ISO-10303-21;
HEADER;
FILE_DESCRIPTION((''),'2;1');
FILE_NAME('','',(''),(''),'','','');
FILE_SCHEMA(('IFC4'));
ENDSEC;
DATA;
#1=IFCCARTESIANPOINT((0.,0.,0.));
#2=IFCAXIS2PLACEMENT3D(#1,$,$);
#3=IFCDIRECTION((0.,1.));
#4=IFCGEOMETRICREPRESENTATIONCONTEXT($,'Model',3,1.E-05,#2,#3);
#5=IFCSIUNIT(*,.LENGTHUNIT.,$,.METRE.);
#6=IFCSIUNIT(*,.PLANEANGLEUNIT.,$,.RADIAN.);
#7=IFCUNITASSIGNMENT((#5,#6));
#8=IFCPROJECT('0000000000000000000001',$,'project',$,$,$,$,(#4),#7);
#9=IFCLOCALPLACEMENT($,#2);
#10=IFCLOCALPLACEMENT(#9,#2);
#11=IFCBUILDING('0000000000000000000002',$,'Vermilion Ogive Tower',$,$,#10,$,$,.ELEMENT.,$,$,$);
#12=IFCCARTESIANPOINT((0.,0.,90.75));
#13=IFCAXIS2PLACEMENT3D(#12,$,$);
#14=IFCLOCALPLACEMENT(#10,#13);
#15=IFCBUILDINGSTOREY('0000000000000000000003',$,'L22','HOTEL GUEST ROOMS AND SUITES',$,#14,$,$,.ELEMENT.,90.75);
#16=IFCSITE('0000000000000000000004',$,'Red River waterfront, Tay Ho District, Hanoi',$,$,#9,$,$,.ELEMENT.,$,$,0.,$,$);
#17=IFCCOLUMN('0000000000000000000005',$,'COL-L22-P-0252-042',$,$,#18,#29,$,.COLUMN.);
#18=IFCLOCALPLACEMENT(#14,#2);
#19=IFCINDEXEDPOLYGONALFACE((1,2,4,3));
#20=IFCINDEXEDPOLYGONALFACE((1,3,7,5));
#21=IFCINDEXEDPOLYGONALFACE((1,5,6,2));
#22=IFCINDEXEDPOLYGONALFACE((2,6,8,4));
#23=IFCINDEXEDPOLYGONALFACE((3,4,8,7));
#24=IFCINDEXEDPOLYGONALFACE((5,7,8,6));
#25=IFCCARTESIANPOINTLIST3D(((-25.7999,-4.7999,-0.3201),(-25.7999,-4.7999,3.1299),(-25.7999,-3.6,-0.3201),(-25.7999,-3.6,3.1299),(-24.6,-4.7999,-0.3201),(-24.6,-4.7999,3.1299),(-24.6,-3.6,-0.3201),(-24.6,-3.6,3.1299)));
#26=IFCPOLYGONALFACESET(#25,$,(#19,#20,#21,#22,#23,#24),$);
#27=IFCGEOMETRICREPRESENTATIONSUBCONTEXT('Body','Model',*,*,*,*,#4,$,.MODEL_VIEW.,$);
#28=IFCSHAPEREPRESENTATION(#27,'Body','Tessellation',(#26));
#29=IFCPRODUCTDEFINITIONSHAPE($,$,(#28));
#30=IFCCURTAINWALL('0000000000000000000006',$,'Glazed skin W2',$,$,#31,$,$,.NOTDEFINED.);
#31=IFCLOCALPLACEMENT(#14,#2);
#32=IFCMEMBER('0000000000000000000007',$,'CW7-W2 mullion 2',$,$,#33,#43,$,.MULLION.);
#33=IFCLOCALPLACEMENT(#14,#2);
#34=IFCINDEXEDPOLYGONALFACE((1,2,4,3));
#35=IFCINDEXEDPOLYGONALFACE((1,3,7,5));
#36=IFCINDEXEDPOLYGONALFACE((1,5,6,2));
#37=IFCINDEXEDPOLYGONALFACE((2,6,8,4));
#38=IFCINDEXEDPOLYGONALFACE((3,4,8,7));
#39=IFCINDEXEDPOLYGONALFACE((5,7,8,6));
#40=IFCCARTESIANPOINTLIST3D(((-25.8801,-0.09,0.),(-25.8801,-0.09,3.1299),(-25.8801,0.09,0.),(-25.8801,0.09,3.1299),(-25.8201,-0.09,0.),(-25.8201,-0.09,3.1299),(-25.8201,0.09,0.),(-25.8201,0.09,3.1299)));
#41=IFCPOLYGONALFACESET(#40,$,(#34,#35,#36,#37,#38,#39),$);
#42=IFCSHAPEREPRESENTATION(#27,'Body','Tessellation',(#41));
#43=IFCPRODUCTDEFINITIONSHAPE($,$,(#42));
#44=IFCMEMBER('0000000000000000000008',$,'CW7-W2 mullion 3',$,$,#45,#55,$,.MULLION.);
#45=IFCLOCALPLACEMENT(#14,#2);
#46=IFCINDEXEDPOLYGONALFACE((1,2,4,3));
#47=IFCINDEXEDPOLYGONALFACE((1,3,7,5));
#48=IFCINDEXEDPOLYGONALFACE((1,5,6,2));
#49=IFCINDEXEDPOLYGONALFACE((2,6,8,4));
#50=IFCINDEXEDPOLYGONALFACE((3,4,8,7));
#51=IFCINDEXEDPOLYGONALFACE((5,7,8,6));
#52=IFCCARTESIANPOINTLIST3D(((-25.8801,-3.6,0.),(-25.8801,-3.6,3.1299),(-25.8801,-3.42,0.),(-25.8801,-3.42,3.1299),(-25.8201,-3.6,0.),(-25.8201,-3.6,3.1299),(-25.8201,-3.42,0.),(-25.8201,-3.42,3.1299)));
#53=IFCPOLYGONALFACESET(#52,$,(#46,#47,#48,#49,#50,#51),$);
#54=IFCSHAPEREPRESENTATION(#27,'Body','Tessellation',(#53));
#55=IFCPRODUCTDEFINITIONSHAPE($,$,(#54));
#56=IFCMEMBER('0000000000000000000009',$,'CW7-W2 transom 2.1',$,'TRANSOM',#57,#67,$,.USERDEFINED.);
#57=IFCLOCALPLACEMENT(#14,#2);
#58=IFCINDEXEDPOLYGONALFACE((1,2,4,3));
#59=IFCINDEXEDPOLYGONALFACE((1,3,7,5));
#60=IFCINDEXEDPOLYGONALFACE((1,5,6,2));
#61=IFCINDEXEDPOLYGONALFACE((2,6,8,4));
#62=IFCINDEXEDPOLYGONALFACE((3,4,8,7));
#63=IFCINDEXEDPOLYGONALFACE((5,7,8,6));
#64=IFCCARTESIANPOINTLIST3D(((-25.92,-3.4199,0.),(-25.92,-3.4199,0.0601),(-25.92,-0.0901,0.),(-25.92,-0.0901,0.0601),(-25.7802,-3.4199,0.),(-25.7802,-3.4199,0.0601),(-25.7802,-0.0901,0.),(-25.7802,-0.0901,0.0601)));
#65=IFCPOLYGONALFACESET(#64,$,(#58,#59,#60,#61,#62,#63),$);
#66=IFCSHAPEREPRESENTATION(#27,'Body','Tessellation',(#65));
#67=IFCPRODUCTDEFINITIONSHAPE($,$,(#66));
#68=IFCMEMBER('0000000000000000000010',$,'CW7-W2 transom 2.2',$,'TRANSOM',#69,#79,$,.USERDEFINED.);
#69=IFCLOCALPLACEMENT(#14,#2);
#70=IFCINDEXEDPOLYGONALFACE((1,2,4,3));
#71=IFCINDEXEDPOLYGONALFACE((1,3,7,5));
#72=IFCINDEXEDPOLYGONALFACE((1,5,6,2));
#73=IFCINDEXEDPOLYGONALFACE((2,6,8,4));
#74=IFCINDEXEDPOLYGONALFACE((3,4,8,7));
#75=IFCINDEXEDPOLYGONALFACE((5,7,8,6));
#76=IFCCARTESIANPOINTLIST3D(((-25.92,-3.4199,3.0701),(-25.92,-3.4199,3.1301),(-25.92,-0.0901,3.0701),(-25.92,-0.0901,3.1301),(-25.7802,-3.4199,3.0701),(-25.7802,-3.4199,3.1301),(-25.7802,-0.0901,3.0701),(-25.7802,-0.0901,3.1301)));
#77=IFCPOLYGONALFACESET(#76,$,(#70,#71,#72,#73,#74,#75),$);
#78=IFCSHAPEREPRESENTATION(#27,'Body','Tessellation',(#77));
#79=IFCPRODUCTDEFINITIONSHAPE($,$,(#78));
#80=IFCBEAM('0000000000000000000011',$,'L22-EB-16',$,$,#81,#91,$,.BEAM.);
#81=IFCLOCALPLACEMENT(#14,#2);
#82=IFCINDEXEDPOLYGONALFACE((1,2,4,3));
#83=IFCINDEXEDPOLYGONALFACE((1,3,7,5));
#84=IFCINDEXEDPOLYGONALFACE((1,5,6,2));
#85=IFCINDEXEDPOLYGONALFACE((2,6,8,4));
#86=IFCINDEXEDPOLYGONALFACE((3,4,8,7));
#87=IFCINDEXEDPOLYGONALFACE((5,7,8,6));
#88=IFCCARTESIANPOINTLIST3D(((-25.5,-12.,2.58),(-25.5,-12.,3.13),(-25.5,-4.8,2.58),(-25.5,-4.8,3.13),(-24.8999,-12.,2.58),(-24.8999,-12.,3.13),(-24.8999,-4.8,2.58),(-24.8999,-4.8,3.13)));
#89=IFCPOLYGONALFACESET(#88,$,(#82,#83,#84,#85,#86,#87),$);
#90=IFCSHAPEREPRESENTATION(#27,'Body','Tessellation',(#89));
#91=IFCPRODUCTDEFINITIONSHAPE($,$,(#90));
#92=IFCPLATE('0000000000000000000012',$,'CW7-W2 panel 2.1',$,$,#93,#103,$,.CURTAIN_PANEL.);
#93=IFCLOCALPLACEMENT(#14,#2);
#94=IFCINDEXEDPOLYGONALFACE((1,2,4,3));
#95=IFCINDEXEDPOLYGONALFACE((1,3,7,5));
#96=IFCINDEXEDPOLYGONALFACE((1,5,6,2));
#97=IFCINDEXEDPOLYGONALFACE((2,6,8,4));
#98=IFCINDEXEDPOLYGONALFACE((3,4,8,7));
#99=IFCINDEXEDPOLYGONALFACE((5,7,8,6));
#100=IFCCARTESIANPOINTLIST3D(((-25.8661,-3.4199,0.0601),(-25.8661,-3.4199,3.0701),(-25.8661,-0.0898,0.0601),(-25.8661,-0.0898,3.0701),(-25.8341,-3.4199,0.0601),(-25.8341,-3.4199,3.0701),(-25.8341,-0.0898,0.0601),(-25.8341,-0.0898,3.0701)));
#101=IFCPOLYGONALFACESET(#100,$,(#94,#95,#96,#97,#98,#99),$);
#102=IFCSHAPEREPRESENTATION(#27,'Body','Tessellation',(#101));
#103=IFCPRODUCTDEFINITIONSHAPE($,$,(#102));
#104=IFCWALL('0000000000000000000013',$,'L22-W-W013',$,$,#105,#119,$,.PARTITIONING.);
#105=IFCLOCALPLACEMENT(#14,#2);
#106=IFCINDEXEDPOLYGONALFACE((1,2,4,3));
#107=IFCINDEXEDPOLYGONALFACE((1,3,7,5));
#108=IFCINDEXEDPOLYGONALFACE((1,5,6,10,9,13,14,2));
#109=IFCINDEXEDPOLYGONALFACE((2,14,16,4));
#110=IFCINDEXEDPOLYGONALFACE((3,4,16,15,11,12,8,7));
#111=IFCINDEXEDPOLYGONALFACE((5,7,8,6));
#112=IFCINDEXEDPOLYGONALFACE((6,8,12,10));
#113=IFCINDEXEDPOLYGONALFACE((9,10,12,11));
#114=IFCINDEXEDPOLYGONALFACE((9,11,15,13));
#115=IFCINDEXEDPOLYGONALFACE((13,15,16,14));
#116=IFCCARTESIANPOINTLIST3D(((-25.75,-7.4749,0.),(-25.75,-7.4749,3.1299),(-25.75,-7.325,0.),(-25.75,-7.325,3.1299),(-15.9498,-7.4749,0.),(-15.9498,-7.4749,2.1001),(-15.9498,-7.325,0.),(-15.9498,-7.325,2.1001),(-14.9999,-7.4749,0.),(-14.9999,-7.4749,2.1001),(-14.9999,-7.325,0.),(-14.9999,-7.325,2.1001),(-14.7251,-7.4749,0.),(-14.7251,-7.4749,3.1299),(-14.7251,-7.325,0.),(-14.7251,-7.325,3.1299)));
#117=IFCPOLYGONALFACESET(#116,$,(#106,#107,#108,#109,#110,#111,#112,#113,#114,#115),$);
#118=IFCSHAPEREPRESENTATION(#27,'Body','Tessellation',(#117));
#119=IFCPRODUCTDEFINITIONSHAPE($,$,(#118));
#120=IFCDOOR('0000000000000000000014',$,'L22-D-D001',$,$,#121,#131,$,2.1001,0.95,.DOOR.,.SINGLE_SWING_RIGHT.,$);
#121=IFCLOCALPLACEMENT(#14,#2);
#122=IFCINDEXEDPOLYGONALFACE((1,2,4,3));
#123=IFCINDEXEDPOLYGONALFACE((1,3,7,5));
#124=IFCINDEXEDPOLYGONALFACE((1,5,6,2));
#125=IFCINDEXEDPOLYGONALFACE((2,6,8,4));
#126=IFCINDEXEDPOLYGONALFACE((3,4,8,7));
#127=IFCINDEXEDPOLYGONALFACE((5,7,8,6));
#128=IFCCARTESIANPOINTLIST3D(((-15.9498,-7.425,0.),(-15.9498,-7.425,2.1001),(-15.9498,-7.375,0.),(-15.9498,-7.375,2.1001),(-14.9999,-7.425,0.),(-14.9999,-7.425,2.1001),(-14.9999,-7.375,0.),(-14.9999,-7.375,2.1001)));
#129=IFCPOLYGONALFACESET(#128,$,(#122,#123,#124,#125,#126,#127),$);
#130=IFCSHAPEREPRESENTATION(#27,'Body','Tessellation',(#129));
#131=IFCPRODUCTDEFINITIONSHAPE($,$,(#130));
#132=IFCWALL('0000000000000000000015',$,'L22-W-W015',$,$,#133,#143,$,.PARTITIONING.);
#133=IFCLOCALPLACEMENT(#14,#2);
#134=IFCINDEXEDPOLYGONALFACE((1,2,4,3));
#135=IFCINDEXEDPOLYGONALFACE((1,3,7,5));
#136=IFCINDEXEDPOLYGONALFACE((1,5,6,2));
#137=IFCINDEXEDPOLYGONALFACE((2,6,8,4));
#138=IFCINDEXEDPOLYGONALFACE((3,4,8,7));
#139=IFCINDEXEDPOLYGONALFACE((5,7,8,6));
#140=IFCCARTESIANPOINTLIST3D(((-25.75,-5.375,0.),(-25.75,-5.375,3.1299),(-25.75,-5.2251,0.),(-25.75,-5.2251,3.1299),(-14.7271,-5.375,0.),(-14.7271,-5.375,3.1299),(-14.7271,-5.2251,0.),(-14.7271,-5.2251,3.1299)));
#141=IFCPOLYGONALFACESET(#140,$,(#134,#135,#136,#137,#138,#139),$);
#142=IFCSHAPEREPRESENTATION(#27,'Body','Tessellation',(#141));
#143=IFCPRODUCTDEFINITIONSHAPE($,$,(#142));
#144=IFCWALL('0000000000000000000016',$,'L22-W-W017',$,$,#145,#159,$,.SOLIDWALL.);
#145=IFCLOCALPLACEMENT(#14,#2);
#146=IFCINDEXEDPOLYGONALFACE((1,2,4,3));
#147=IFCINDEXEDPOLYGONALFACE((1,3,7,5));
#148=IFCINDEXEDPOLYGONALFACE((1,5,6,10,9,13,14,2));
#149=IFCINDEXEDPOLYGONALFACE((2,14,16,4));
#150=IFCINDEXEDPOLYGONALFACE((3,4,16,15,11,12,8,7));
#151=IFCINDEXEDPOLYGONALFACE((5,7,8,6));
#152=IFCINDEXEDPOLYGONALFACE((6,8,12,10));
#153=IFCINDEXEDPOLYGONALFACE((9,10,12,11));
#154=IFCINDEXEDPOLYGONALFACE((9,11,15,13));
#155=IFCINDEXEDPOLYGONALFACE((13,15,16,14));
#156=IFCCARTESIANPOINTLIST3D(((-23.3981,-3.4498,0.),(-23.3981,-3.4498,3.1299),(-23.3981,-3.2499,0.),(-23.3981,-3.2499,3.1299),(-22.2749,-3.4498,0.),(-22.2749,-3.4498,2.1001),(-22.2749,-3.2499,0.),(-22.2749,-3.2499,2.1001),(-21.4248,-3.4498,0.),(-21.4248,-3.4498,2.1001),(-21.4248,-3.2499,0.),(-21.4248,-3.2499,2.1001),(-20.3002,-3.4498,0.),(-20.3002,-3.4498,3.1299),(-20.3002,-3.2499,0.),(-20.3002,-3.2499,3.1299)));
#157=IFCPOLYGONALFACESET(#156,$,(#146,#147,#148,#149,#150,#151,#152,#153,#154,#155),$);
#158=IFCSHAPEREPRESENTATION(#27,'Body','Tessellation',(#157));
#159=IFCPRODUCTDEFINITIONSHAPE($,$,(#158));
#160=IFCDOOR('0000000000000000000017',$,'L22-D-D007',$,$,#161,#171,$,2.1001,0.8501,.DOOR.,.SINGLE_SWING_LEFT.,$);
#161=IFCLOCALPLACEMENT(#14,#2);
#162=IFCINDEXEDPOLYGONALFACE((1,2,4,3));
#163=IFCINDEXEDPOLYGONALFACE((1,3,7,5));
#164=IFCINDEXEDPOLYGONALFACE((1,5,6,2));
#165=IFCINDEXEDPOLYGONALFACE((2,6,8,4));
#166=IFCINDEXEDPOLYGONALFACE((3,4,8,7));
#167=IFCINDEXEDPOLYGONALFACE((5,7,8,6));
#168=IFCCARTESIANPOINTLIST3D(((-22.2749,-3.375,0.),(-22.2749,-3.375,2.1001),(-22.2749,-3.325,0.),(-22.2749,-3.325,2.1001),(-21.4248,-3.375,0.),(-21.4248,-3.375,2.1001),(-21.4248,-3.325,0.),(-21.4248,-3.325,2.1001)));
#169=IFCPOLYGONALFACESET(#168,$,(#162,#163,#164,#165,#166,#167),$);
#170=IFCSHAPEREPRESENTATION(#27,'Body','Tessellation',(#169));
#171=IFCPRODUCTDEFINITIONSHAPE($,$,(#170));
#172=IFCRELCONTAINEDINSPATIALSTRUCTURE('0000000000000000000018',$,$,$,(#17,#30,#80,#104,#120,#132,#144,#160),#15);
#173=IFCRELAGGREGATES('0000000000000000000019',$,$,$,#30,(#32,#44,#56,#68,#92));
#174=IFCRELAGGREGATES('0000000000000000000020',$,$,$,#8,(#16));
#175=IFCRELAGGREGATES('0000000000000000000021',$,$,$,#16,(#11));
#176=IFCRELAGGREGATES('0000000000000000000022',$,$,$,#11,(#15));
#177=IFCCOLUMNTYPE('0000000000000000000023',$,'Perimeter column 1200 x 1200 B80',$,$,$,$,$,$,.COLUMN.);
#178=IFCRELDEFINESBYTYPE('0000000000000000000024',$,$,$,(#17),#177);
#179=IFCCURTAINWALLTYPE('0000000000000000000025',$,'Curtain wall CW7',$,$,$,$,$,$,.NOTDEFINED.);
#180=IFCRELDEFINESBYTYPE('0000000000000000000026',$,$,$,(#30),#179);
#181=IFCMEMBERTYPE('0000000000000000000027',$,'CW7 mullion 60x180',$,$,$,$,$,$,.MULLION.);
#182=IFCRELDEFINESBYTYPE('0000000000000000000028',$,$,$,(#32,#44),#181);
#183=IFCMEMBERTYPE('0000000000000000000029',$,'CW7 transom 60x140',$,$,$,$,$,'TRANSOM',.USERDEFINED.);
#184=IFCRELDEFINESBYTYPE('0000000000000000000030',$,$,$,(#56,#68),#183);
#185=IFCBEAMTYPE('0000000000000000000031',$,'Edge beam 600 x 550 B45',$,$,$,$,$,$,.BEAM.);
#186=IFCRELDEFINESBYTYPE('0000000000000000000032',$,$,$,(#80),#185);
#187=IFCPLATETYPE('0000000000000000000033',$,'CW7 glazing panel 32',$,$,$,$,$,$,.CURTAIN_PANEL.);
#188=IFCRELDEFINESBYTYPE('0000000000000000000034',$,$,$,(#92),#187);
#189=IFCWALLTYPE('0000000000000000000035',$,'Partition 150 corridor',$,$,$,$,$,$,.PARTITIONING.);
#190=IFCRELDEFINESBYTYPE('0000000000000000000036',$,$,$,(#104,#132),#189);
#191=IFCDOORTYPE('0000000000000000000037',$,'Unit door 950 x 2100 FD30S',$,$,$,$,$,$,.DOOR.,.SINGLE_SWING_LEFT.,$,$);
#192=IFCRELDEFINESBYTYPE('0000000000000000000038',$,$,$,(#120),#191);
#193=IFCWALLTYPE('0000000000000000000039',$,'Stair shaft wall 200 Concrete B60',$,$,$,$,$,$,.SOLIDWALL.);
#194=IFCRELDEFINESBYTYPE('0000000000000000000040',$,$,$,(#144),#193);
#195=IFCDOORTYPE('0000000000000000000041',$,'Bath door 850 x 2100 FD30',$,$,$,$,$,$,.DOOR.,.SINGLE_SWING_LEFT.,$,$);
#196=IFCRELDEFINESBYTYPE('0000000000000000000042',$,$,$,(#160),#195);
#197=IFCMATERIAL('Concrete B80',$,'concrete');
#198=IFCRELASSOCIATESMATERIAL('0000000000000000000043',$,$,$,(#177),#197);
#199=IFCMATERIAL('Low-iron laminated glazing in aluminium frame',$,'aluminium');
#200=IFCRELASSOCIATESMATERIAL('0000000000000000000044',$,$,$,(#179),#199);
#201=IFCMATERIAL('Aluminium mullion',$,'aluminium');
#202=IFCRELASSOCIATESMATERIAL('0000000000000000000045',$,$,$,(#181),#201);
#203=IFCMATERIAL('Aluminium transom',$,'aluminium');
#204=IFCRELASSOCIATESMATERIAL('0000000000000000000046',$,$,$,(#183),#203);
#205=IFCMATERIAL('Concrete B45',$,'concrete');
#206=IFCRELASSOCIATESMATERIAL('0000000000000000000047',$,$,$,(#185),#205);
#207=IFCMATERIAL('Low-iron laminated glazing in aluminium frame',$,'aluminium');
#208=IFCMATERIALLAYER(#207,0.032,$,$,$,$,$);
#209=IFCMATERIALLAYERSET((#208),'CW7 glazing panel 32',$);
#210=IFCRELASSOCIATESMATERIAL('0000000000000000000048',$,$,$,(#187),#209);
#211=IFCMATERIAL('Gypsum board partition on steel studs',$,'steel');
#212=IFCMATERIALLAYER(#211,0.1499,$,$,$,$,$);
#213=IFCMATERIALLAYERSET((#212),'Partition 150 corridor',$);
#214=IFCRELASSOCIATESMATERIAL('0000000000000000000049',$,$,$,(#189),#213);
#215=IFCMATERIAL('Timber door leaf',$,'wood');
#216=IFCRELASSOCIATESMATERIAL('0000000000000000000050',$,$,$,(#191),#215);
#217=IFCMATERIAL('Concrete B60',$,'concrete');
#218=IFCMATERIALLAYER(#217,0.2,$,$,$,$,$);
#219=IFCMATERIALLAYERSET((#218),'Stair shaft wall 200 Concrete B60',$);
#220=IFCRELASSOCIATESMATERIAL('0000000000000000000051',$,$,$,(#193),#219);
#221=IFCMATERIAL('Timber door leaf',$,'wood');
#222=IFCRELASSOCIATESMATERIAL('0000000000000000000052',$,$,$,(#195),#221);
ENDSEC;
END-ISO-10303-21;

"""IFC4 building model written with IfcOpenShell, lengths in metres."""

from ifc_helpers import new_model, si_unit, direction, frame, frame_2d, origin, origin_2d, place, context, subcontext, project, spatial, rectangle, extrude, material, layer, layer_set, material_profile, profile_set, type_object, element, fill, aggregate, save


model = new_model("IFC4")

# Units and contexts
model_context = context("Model", 3, precision=1e-05, world=origin(), true_north=direction((0.0, 1.0)))
body_context = subcontext(model_context, "Body", "Model", "MODEL_VIEW")
ifc_project = project(units=[si_unit("LENGTHUNIT", "METRE"), si_unit("PLANEANGLEUNIT", "RADIAN")], contexts=[model_context])

# Site, building, storey
site_placement = place(None, origin())
site = spatial("IfcSite", under=ifc_project, at=site_placement, Name="Red River waterfront, Tay Ho District, Hanoi", CompositionType="ELEMENT", RefElevation=0.0)
building_placement = place(site_placement, origin())
building = spatial("IfcBuilding", under=site, at=building_placement, Name="Vermilion Ogive Tower", CompositionType="ELEMENT")
storey_placement = place(building_placement, frame((0.0, 0.0, 90.75)))
storey = spatial("IfcBuildingStorey", under=building, at=storey_placement, Name="L22", Description="HOTEL GUEST ROOMS AND SUITES", CompositionType="ELEMENT", Elevation=90.75)

# Column
ifc_material_1 = material(Name="Concrete B80", Category="concrete")
ifc_material_profile_1 = material_profile(ifc_material_1, rectangle(XDim=1.2, YDim=1.2, at=origin_2d()), Name="1200 x 1200")
ifc_profile_set_1 = profile_set([ifc_material_profile_1], Name="Concrete B80")
column_type = type_object("IfcColumnType", Name="Perimeter column 1200 x 1200 B80", PredefinedType="COLUMN", material=ifc_profile_set_1)
column_placement = place(storey_placement, frame((-25.2, -4.2, -0.3201), z_axis=(0.0, 0.0, 1.0), x_axis=(1.0, 0.0, 0.0)))
element("IfcColumn", 1, at=column_placement, inside=storey, type_object=column_type, Name="COL-L22-P-0252-042", PredefinedType="COLUMN", context=body_context, shape_type="SweptSolid", body=[
    extrude(rectangle(XDim=1.2, YDim=1.2, at=origin_2d()), origin(), (0.0, 0.0, 1.0), 3.45),
])

# Curtain wall, members
ifc_material_2 = material(Name="Low-iron laminated glazing in aluminium frame", Category="aluminium")
curtain_wall_type = type_object("IfcCurtainWallType", Name="Curtain wall CW7", PredefinedType="NOTDEFINED", material=ifc_material_2)
curtain_wall_placement = place(storey_placement, origin())
curtain_wall = element("IfcCurtainWall", 2, at=curtain_wall_placement, inside=storey, type_object=curtain_wall_type, Name="Glazed skin W2", PredefinedType="NOTDEFINED")
ifc_material_3 = material(Name="Aluminium mullion", Category="aluminium")
ifc_material_profile_2 = material_profile(ifc_material_3, rectangle(XDim=0.0601, YDim=0.1799, at=origin_2d()), Name="AL 60x180")
ifc_profile_set_2 = profile_set([ifc_material_profile_2], Name="Aluminium mullion")
member_type_1 = type_object("IfcMemberType", Name="CW7 mullion 60x180", PredefinedType="MULLION", material=ifc_profile_set_2)
member_1_placement = place(storey_placement, frame((-25.8501, 0.0, 0.0), z_axis=(0.0, 0.0, 1.0), x_axis=(1.0, 0.0, 0.0)))
member_1 = element("IfcMember", 3, at=member_1_placement, type_object=member_type_1, Name="CW7-W2 mullion 2", PredefinedType="MULLION", context=body_context, shape_type="SweptSolid", body=[
    extrude(rectangle(XDim=0.0601, YDim=0.1799, at=origin_2d()), origin(), (0.0, 0.0, 1.0), 3.1299),
])
member_2_placement = place(storey_placement, frame((-25.8501, -3.51, 0.0), z_axis=(0.0, 0.0, 1.0), x_axis=(1.0, 0.0, 0.0)))
member_2 = element("IfcMember", 4, at=member_2_placement, type_object=member_type_1, Name="CW7-W2 mullion 3", PredefinedType="MULLION", context=body_context, shape_type="SweptSolid", body=[
    extrude(rectangle(XDim=0.0601, YDim=0.1799, at=origin_2d()), origin(), (0.0, 0.0, 1.0), 3.1299),
])
ifc_material_4 = material(Name="Aluminium transom", Category="aluminium")
ifc_material_profile_3 = material_profile(ifc_material_4, rectangle(XDim=0.1399, YDim=0.0601, at=origin_2d()), Name="AL 60x140")
ifc_profile_set_3 = profile_set([ifc_material_profile_3], Name="Aluminium transom")
member_type_2 = type_object("IfcMemberType", Name="CW7 transom 60x140", ElementType="TRANSOM", PredefinedType="USERDEFINED", material=ifc_profile_set_3)
member_3_placement = place(storey_placement, frame((-25.8501, -0.0901, 0.03), z_axis=(0.0, -1.0, 0.0), x_axis=(1.0, 0.0, 0.0)))
member_3 = element("IfcMember", 5, at=member_3_placement, type_object=member_type_2, Name="CW7-W2 transom 2.1", ObjectType="TRANSOM", PredefinedType="USERDEFINED", context=body_context, shape_type="SweptSolid", body=[
    extrude(rectangle(XDim=0.1399, YDim=0.0601, at=origin_2d()), origin(), (0.0, 0.0, 1.0), 3.3298),
])
member_4_placement = place(storey_placement, frame((-25.8501, -0.0901, 3.1001), z_axis=(0.0, -1.0, 0.0), x_axis=(1.0, 0.0, 0.0)))
member_4 = element("IfcMember", 6, at=member_4_placement, type_object=member_type_2, Name="CW7-W2 transom 2.2", ObjectType="TRANSOM", PredefinedType="USERDEFINED", context=body_context, shape_type="SweptSolid", body=[
    extrude(rectangle(XDim=0.1399, YDim=0.0601, at=origin_2d()), origin(), (0.0, 0.0, 1.0), 3.3298),
])

# Beam
ifc_material_5 = material(Name="Concrete B45", Category="concrete")
ifc_material_profile_4 = material_profile(ifc_material_5, rectangle(XDim=0.6001, YDim=0.55, at=origin_2d()), Name="600 x 550")
ifc_profile_set_4 = profile_set([ifc_material_profile_4], Name="Concrete B45")
beam_type = type_object("IfcBeamType", Name="Edge beam 600 x 550 B45", PredefinedType="BEAM", material=ifc_profile_set_4)
beam_placement = place(storey_placement, frame((-25.2, -4.8, 2.855), z_axis=(0.0, -1.0, 0.0), x_axis=(1.0, 0.0, 0.0)))
element("IfcBeam", 7, at=beam_placement, inside=storey, type_object=beam_type, Name="L22-EB-16", PredefinedType="BEAM", context=body_context, shape_type="SweptSolid", body=[
    extrude(rectangle(XDim=0.6001, YDim=0.55, at=origin_2d()), origin(), (0.0, 0.0, 1.0), 7.2),
])

# Plate
ifc_material_6 = material(Name="Low-iron laminated glazing in aluminium frame", Category="aluminium")
ifc_layer_1 = layer(ifc_material_6, 0.032)
ifc_layer_set_1 = layer_set([ifc_layer_1], Name="CW7 glazing panel 32")
plate_type = type_object("IfcPlateType", Name="CW7 glazing panel 32", PredefinedType="CURTAIN_PANEL", material=ifc_layer_set_1)
plate_placement = place(storey_placement, frame((-25.8501, -1.7549, 0.0601), z_axis=(0.0, 0.0, 1.0), x_axis=(0.0, -1.0, 0.0)))
plate = element("IfcPlate", 8, at=plate_placement, type_object=plate_type, Name="CW7-W2 panel 2.1", PredefinedType="CURTAIN_PANEL", context=body_context, shape_type="SweptSolid", body=[
    extrude(rectangle(XDim=3.3301, YDim=0.032, at=origin_2d()), origin(), (0.0, 0.0, 1.0), 3.01),
])
aggregate(curtain_wall, [member_1, member_2, member_3, member_4, plate])

# Wall, opening, door
ifc_material_7 = material(Name="Gypsum board partition on steel studs", Category="steel")
ifc_layer_2 = layer(ifc_material_7, 0.1499)
ifc_layer_set_2 = layer_set([ifc_layer_2], Name="Partition 150 corridor")
wall_type_1 = type_object("IfcWallType", Name="Partition 150 corridor", PredefinedType="PARTITIONING", material=ifc_layer_set_2)
wall_1_placement = place(storey_placement, frame((-25.75, -7.3999, 0.0), z_axis=(0.0, 0.0, 1.0), x_axis=(1.0, 0.0, 0.0)))
wall_1 = element("IfcWall", 9, at=wall_1_placement, inside=storey, type_object=wall_type_1, Name="L22-W-W013", PredefinedType="PARTITIONING", context=body_context, shape_type="SweptSolid", body=[
    extrude(rectangle(XDim=11.0249, YDim=0.1499, at=frame_2d((5.5125, 0.0))), origin(), (0.0, 0.0, 1.0), 3.1299),
])
opening_1_placement = place(wall_1_placement, frame((9.8, 0.0, 0.0)))
opening_1 = element("IfcOpeningElement", 10, at=opening_1_placement, cuts=wall_1, PredefinedType="OPENING", context=body_context, shape_type="SweptSolid", body=[
    extrude(rectangle(XDim=0.95, YDim=2.1001, at=frame_2d((0.4751, 1.05))), frame((0.0, 0.085, 0.0), z_axis=(0.0, -1.0, 0.0), x_axis=(1.0, 0.0, 0.0)), (0.0, 0.0, 1.0), 0.1699),
])
ifc_material_8 = material(Name="Timber door leaf", Category="wood")
door_type_1 = type_object("IfcDoorType", Name="Unit door 950 x 2100 FD30S", OperationType="SINGLE_SWING_LEFT", PredefinedType="DOOR", material=ifc_material_8)
door_1_placement = place(opening_1_placement, origin())
door_1 = element("IfcDoor", 11, at=door_1_placement, inside=storey, type_object=door_type_1, Name="L22-D-D001", OperationType="SINGLE_SWING_RIGHT", OverallHeight=2.1001, OverallWidth=0.95, PredefinedType="DOOR", context=body_context, shape_type="SweptSolid", body=[
    extrude(rectangle(XDim=0.95, YDim=2.1001, at=frame_2d((0.4751, 1.05))), frame((0.0, 0.0249, 0.0), z_axis=(0.0, -1.0, 0.0), x_axis=(1.0, 0.0, 0.0)), (0.0, 0.0, 1.0), 0.05),
])
fill(opening_1, door_1)

# Wall
wall_2_placement = place(storey_placement, frame((-25.75, -5.3, 0.0), z_axis=(0.0, 0.0, 1.0), x_axis=(1.0, 0.0, 0.0)))
element("IfcWall", 12, at=wall_2_placement, inside=storey, type_object=wall_type_1, Name="L22-W-W015", PredefinedType="PARTITIONING", context=body_context, shape_type="SweptSolid", body=[
    extrude(rectangle(XDim=11.0229, YDim=0.1499, at=frame_2d((5.5115, 0.0))), origin(), (0.0, 0.0, 1.0), 3.1299),
])

# Wall, opening, door
ifc_material_9 = material(Name="Concrete B60", Category="concrete")
ifc_layer_3 = layer(ifc_material_9, 0.2)
ifc_layer_set_3 = layer_set([ifc_layer_3], Name="Stair shaft wall 200 Concrete B60")
wall_type_2 = type_object("IfcWallType", Name="Stair shaft wall 200 Concrete B60", PredefinedType="SOLIDWALL", material=ifc_layer_set_3)
wall_3_placement = place(storey_placement, frame((-23.3979, -3.3499, 0.0), z_axis=(0.0, 0.0, 1.0), x_axis=(1.0, 0.0, 0.0)))
wall_3 = element("IfcWall", 13, at=wall_3_placement, inside=storey, type_object=wall_type_2, Name="L22-W-W017", PredefinedType="SOLIDWALL", context=body_context, shape_type="SweptSolid", body=[
    extrude(rectangle(XDim=3.0979, YDim=0.2, at=frame_2d((1.5488, 0.0))), origin(), (0.0, 0.0, 1.0), 3.1299),
])
opening_2_placement = place(wall_3_placement, frame((1.123, 0.0, 0.0)))
opening_2 = element("IfcOpeningElement", 14, at=opening_2_placement, cuts=wall_3, PredefinedType="OPENING", context=body_context, shape_type="SweptSolid", body=[
    extrude(rectangle(XDim=0.8501, YDim=2.1001, at=frame_2d((0.425, 1.05))), frame((0.0, 0.1099, 0.0), z_axis=(0.0, -1.0, 0.0), x_axis=(1.0, 0.0, 0.0)), (0.0, 0.0, 1.0), 0.22),
])
ifc_material_10 = material(Name="Timber door leaf", Category="wood")
door_type_2 = type_object("IfcDoorType", Name="Bath door 850 x 2100 FD30", OperationType="SINGLE_SWING_LEFT", PredefinedType="DOOR", material=ifc_material_10)
door_2_placement = place(opening_2_placement, origin())
door_2 = element("IfcDoor", 15, at=door_2_placement, inside=storey, type_object=door_type_2, Name="L22-D-D007", OperationType="SINGLE_SWING_LEFT", OverallHeight=2.1001, OverallWidth=0.8501, PredefinedType="DOOR", context=body_context, shape_type="SweptSolid", body=[
    extrude(rectangle(XDim=0.8501, YDim=2.1001, at=frame_2d((0.425, 1.05))), frame((0.0, 0.0249, 0.0), z_axis=(0.0, -1.0, 0.0), x_axis=(1.0, 0.0, 0.0)), (0.0, 0.0, 1.0), 0.05),
])
fill(opening_2, door_2)

save(model, "model.ifc")
